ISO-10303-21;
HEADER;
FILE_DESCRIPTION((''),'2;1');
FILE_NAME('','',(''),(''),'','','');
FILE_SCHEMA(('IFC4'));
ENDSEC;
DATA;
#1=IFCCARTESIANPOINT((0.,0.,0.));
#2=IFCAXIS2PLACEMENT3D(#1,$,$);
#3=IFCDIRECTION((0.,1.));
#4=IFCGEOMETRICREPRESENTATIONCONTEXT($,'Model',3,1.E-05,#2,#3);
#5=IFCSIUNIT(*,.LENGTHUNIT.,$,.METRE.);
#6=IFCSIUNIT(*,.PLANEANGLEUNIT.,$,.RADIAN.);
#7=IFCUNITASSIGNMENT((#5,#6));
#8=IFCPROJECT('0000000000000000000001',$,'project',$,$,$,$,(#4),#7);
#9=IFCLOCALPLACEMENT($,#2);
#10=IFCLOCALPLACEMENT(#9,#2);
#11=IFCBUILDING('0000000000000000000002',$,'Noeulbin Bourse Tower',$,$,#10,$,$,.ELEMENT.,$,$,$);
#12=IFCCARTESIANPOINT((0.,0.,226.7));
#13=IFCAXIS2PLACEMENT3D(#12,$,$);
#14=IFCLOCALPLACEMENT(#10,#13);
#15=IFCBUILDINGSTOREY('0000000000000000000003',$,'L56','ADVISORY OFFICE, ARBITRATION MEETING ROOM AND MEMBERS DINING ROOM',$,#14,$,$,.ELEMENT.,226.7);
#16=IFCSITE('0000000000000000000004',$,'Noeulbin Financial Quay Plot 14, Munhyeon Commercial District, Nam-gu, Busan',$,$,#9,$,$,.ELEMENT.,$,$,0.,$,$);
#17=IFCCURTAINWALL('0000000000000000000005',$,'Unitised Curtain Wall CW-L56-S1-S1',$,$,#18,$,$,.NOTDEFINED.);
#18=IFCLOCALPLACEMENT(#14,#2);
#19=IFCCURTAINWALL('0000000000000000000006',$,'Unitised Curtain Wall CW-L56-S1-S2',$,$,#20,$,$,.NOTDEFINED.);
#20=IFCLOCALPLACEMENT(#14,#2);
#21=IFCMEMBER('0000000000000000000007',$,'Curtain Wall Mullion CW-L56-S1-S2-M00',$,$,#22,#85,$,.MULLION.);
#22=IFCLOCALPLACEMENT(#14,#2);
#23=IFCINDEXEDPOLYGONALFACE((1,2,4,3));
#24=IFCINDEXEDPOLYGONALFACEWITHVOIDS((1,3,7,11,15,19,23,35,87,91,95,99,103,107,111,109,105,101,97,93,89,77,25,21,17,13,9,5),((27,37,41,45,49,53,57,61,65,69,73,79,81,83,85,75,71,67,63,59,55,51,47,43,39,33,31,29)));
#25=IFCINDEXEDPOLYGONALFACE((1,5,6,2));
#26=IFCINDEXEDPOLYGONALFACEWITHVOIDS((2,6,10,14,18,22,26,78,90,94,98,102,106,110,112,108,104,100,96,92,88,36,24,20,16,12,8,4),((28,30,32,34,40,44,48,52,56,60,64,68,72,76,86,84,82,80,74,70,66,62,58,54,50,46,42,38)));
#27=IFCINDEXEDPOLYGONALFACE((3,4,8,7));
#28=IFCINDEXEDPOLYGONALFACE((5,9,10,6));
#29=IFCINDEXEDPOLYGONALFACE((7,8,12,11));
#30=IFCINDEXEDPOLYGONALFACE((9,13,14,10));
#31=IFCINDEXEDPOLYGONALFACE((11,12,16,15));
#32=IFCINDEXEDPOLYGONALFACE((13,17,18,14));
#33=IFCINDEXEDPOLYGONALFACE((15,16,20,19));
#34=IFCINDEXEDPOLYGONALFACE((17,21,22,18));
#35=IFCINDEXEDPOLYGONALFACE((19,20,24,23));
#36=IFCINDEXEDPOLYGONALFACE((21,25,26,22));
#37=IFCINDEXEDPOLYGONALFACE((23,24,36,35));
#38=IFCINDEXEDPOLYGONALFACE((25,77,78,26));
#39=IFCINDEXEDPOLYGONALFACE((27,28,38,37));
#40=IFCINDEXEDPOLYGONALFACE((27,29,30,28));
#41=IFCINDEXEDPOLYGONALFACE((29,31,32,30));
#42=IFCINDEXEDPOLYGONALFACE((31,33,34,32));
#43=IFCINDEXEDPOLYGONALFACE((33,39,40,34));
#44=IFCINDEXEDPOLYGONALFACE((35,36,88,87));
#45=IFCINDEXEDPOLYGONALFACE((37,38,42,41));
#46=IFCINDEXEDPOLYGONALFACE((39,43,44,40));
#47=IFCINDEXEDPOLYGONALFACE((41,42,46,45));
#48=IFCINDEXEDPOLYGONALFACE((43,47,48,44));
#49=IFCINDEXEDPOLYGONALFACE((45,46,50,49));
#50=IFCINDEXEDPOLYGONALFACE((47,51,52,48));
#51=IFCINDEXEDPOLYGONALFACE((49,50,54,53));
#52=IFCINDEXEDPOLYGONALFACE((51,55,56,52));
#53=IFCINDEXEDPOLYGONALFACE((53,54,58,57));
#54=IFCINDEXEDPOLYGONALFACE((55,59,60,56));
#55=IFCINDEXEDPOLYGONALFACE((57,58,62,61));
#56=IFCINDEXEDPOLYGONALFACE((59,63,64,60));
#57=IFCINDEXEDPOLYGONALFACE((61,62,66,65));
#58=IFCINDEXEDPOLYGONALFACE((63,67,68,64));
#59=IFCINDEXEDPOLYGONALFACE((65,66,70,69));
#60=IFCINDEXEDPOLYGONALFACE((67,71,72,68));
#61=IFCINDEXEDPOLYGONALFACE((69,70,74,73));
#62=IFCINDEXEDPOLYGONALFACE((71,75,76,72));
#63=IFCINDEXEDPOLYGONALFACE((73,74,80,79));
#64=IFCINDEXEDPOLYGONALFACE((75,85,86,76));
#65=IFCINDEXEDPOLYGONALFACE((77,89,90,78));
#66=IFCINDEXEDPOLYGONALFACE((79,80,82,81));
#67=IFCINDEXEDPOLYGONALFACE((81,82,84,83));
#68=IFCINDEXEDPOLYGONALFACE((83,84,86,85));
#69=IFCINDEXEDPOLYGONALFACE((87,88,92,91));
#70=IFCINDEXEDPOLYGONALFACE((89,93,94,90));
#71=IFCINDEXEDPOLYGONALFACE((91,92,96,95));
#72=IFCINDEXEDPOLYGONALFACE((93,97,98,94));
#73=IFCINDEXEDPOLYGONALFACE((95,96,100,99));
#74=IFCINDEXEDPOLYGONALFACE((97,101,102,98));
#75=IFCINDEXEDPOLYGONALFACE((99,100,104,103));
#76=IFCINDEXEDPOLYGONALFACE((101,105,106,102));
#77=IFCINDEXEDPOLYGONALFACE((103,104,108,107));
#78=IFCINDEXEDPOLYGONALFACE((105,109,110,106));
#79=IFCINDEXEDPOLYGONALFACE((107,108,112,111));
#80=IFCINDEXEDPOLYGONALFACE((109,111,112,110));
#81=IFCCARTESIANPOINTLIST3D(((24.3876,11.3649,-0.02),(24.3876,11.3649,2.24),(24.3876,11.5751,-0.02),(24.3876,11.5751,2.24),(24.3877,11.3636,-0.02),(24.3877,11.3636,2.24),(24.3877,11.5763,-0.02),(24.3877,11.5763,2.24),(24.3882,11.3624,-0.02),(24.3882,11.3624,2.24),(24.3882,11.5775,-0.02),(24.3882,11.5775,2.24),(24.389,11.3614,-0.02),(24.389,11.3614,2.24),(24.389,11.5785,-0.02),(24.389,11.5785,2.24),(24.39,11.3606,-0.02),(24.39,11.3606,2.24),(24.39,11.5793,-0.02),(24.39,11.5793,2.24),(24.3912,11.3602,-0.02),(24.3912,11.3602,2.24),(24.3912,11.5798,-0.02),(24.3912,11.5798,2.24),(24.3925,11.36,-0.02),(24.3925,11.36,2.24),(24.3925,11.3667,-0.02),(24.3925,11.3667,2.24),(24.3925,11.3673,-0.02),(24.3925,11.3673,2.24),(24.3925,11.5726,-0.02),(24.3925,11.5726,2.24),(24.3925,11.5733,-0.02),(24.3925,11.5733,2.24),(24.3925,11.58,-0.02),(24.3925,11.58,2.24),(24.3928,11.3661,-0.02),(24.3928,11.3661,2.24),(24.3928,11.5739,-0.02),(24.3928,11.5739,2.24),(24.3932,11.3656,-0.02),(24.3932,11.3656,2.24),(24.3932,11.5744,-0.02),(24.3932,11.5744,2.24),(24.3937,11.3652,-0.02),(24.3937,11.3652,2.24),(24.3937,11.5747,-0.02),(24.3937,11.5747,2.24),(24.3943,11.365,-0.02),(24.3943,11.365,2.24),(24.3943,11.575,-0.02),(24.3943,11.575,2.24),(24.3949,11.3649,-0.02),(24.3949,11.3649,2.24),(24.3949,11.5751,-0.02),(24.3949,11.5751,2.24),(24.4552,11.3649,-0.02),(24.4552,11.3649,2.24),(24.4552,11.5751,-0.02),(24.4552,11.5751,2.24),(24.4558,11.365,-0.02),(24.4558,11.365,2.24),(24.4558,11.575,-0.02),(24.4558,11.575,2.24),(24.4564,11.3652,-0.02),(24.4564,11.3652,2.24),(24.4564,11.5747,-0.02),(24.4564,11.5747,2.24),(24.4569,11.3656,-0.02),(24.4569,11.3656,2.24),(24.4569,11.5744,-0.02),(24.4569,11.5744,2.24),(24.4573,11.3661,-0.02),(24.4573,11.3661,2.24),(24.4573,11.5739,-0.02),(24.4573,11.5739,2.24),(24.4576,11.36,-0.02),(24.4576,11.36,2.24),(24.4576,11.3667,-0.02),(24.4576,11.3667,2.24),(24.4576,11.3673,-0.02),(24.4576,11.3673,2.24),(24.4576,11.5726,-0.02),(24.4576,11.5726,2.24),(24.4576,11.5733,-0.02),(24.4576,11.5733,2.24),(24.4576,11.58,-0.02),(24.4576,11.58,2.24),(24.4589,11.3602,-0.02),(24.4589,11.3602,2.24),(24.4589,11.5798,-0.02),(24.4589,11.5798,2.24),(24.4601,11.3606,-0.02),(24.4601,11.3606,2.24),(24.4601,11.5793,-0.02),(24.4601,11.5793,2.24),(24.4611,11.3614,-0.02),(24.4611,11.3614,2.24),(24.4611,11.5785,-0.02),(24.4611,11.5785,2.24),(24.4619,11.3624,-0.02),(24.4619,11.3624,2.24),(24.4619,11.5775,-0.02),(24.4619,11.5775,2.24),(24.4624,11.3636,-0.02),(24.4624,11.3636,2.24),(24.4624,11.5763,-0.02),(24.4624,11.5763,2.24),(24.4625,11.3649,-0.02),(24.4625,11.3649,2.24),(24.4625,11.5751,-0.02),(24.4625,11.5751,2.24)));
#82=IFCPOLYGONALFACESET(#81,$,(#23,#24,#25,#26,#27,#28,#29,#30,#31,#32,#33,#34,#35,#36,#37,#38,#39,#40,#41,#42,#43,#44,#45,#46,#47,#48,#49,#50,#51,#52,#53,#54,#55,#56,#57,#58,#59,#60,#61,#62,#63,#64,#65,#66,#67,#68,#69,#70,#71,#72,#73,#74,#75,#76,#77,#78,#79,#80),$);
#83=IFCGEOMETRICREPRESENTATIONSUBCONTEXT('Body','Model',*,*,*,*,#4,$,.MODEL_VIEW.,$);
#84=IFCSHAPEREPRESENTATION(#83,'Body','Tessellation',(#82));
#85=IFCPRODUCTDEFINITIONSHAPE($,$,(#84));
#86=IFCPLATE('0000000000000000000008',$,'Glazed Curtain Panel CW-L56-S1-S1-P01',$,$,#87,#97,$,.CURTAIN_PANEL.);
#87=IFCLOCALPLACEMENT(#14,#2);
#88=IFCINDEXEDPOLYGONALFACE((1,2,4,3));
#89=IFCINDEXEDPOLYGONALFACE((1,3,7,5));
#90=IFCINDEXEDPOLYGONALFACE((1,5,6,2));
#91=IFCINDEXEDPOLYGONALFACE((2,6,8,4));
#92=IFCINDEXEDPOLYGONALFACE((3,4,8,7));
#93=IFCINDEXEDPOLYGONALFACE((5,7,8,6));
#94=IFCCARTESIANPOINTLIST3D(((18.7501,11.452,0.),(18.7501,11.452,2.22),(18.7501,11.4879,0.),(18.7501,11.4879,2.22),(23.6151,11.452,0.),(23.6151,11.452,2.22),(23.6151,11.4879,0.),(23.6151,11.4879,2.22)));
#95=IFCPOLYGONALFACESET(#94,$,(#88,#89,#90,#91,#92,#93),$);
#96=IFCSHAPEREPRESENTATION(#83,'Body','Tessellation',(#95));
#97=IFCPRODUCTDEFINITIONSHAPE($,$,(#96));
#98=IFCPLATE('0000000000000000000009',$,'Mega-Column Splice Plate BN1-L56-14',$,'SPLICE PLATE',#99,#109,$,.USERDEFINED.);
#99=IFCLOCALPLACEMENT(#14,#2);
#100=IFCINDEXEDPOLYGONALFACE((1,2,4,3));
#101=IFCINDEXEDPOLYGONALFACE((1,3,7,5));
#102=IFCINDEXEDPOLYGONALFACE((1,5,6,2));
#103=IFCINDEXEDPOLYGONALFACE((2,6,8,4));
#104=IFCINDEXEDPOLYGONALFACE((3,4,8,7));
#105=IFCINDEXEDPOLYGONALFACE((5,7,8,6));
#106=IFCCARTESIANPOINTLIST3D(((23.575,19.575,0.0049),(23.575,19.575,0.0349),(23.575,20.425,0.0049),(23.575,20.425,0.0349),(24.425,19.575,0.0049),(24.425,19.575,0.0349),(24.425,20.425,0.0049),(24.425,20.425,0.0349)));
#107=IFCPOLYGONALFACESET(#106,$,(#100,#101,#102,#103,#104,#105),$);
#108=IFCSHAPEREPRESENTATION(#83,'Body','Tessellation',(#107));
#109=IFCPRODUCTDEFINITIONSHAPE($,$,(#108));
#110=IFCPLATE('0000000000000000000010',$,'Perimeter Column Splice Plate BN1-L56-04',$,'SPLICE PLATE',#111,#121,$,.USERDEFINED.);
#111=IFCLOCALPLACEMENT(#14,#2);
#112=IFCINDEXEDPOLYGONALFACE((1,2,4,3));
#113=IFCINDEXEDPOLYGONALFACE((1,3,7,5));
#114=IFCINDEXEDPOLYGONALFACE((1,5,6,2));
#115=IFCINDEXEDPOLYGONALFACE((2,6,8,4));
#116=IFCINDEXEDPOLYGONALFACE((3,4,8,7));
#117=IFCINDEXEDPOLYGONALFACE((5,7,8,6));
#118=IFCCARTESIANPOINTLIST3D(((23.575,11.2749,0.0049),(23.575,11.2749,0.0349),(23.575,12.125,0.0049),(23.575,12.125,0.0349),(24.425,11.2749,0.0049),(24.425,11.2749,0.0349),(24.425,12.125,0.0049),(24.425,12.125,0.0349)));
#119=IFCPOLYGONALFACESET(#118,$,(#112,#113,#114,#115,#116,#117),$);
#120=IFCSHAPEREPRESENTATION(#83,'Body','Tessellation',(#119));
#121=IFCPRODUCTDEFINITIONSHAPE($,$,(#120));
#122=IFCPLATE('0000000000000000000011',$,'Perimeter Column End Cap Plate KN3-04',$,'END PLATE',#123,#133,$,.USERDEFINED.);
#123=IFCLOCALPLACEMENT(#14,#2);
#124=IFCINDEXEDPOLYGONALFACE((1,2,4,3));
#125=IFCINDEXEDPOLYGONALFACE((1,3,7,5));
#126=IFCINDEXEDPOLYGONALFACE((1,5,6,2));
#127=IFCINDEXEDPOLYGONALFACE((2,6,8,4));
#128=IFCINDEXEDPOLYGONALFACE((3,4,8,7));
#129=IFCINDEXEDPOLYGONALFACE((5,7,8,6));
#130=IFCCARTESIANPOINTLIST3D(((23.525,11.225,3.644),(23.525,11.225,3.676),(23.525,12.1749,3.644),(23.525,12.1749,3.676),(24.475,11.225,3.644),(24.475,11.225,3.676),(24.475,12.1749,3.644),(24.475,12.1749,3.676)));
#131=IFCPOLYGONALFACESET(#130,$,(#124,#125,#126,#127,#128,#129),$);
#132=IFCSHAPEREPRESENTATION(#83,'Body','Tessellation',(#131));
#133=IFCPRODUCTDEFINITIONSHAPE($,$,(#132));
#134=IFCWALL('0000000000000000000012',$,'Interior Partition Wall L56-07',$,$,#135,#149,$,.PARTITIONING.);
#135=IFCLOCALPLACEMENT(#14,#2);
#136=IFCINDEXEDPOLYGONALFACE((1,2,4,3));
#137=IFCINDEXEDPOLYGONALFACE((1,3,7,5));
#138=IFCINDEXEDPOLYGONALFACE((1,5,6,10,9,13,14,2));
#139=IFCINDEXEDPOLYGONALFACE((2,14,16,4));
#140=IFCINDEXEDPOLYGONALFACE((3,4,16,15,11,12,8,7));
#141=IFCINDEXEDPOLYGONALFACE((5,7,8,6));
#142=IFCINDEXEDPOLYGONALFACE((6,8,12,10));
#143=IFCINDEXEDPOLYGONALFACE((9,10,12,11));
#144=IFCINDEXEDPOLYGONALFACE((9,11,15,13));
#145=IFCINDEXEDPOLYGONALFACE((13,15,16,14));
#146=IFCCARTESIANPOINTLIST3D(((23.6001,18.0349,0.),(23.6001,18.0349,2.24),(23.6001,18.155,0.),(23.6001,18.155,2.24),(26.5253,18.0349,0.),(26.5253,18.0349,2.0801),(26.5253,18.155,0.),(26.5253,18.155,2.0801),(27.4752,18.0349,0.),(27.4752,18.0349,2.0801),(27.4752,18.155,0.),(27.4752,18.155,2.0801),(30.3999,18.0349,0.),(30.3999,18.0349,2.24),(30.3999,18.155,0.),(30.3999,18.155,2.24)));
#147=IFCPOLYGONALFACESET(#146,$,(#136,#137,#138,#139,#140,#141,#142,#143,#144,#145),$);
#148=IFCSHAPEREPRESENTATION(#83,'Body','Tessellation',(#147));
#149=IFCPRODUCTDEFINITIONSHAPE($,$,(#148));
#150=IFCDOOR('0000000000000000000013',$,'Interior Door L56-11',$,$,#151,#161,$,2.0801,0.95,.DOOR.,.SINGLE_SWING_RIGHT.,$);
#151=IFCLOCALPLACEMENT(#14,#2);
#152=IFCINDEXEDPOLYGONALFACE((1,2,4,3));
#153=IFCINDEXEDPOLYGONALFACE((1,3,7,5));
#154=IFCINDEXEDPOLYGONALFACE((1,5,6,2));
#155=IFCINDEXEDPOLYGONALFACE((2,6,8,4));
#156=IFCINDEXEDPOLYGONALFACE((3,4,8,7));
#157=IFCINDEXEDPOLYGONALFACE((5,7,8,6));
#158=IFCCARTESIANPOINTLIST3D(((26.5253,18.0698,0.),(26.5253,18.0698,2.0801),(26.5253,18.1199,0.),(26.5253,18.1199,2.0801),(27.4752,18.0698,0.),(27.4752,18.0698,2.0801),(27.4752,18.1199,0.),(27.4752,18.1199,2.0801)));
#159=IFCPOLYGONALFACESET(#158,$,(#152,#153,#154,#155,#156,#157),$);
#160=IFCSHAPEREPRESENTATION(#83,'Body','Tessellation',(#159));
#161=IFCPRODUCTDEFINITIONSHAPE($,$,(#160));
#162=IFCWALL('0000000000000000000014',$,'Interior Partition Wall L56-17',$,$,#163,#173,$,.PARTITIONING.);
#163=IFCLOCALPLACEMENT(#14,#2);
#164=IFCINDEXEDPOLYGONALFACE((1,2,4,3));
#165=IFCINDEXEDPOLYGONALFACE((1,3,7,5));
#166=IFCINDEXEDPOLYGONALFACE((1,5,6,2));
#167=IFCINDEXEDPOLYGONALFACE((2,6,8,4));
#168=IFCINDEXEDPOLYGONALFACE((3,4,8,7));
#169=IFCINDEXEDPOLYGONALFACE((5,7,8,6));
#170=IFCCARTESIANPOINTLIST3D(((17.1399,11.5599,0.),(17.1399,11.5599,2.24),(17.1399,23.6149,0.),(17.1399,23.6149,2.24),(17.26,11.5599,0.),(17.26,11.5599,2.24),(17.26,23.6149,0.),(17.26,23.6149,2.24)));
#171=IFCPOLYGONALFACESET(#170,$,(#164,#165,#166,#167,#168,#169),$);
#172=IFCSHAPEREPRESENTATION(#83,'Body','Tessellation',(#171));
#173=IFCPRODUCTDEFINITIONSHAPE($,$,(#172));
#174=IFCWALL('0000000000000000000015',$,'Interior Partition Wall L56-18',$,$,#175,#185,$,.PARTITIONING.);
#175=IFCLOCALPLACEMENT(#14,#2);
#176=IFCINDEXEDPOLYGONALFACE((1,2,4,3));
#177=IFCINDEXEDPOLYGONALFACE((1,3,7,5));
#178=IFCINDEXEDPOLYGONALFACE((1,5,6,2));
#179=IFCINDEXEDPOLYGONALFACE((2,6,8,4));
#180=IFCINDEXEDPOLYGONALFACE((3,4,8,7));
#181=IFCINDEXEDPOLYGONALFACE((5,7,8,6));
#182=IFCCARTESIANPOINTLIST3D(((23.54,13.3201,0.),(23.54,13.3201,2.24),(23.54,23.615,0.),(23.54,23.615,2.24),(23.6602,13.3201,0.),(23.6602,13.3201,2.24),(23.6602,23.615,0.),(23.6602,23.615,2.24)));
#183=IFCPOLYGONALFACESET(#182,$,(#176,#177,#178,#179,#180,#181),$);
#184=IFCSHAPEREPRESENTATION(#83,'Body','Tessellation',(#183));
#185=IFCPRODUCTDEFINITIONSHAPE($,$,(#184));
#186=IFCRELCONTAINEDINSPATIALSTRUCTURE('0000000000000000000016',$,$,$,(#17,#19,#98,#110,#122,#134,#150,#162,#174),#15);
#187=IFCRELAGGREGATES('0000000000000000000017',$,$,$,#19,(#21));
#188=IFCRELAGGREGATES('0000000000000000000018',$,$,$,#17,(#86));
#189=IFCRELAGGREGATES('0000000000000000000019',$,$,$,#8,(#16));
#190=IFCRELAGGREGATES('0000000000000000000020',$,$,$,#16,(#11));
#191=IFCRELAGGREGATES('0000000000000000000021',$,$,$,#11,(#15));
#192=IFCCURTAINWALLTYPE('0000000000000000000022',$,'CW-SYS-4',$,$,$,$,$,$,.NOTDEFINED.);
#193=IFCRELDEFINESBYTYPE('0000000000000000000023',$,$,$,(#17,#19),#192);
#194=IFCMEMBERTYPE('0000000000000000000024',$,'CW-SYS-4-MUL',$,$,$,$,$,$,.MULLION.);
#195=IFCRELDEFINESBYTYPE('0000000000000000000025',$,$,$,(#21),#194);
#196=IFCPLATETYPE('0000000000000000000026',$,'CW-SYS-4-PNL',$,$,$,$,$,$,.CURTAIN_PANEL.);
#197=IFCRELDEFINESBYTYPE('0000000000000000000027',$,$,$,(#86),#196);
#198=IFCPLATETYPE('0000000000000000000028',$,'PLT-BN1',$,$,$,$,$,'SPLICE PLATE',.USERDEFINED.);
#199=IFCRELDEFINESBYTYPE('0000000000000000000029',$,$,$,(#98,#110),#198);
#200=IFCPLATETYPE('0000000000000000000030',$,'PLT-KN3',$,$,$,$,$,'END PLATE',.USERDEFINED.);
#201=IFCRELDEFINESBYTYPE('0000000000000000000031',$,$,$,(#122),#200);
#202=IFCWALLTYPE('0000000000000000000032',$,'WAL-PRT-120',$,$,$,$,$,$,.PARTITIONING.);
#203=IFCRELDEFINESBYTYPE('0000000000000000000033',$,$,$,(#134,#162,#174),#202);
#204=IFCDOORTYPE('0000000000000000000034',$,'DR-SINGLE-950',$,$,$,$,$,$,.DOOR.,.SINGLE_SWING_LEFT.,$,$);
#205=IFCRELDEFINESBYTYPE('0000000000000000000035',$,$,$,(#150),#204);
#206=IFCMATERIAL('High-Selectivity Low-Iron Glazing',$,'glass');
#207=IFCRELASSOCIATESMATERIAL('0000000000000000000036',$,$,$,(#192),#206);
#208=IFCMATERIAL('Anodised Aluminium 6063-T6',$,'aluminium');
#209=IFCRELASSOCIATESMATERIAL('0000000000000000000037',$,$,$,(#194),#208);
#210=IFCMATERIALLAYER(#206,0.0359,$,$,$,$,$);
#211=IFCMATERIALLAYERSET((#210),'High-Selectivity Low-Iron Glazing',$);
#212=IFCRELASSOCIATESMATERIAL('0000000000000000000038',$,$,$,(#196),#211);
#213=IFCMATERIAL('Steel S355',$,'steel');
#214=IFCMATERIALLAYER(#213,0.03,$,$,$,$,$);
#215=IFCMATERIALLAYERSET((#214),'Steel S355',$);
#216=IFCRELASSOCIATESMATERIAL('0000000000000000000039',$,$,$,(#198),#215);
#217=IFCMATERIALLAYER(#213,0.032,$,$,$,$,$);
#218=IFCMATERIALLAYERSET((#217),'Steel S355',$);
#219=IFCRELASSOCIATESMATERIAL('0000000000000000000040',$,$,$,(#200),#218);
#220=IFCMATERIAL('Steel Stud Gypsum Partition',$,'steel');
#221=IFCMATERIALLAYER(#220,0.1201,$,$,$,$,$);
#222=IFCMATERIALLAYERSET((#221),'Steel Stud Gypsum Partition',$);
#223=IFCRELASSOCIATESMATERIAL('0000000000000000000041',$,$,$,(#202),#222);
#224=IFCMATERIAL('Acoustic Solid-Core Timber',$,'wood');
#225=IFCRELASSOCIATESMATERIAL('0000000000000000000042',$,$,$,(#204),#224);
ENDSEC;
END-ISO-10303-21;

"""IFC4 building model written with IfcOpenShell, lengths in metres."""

from ifc_helpers import new_model, si_unit, direction, frame, frame_2d, origin, origin_2d, place, context, subcontext, project, spatial, rectangle, hollow_rectangle, extrude, material, layer, layer_set, material_profile, profile_set, type_object, element, fill, aggregate, save


model = new_model("IFC4")

# Units and contexts
model_context = context("Model", 3, precision=1e-05, world=origin(), true_north=direction((0.0, 1.0)))
body_context = subcontext(model_context, "Body", "Model", "MODEL_VIEW")
ifc_project = project(units=[si_unit("LENGTHUNIT", "METRE"), si_unit("PLANEANGLEUNIT", "RADIAN")], contexts=[model_context])

# Site, building, storey
site_placement = place(None, origin())
site = spatial("IfcSite", under=ifc_project, at=site_placement, Name="Noeulbin Financial Quay Plot 14, Munhyeon Commercial District, Nam-gu, Busan", CompositionType="ELEMENT", RefElevation=0.0)
building_placement = place(site_placement, origin())
building = spatial("IfcBuilding", under=site, at=building_placement, Name="Noeulbin Bourse Tower", CompositionType="ELEMENT")
storey_placement = place(building_placement, frame((0.0, 0.0, 226.7)))
storey = spatial("IfcBuildingStorey", under=building, at=storey_placement, Name="L56", Description="ADVISORY OFFICE, ARBITRATION MEETING ROOM AND MEMBERS DINING ROOM", CompositionType="ELEMENT", Elevation=226.7)

# Shared definitions
ifc_material_1 = material(Name="Steel S355", Category="steel")

# Curtain wall
ifc_material_2 = material(Name="High-Selectivity Low-Iron Glazing", Category="glass")
curtain_wall_type = type_object("IfcCurtainWallType", Name="CW-SYS-4", PredefinedType="NOTDEFINED", material=ifc_material_2)
curtain_wall_1_placement = place(storey_placement, origin())
curtain_wall_1 = element("IfcCurtainWall", 1, at=curtain_wall_1_placement, inside=storey, type_object=curtain_wall_type, Name="Unitised Curtain Wall CW-L56-S1-S1", PredefinedType="NOTDEFINED")
ifc_material_3 = material(Name="Anodised Aluminium 6063-T6", Category="aluminium")
ifc_material_profile_1 = material_profile(ifc_material_3, hollow_rectangle(XDim=0.075, YDim=0.22, WallThickness=0.0049, InnerFilletRadius=0.0024, OuterFilletRadius=0.0049, at=origin_2d()), Name="ALU-MULL-75x220x5", Category="LoadBearing")
ifc_profile_set_1 = profile_set([ifc_material_profile_1], Name="Anodised Aluminium 6063-T6")
member_type = type_object("IfcMemberType", Name="CW-SYS-4-MUL", PredefinedType="MULLION", material=ifc_profile_set_1)

# Curtain wall, member
curtain_wall_2_placement = place(storey_placement, origin())
curtain_wall_2 = element("IfcCurtainWall", 2, at=curtain_wall_2_placement, inside=storey, type_object=curtain_wall_type, Name="Unitised Curtain Wall CW-L56-S1-S2", PredefinedType="NOTDEFINED")
member_1_placement = place(storey_placement, frame((24.425, 11.47, -0.02), z_axis=(0.0, 0.0, 1.0), x_axis=(1.0, 0.0, 0.0)))
member_1 = element("IfcMember", 3, at=member_1_placement, type_object=member_type, Name="Curtain Wall Mullion CW-L56-S1-S2-M00", PredefinedType="MULLION", context=body_context, shape_type="SweptSolid", body=[
    extrude(hollow_rectangle(XDim=0.075, YDim=0.22, WallThickness=0.0049, InnerFilletRadius=0.0024, OuterFilletRadius=0.0049, at=origin_2d()), origin(), (0.0, 0.0, 1.0), 2.26),
])
aggregate(curtain_wall_2, [member_1])

# Plate
ifc_layer_1 = layer(ifc_material_2, 0.0359)
ifc_layer_set_1 = layer_set([ifc_layer_1], Name="High-Selectivity Low-Iron Glazing")
plate_type_1 = type_object("IfcPlateType", Name="CW-SYS-4-PNL", PredefinedType="CURTAIN_PANEL", material=ifc_layer_set_1)
plate_1_placement = place(storey_placement, frame((21.1826, 11.47, 0.0), z_axis=(0.0, 0.0, 1.0), x_axis=(1.0, 0.0, 0.0)))
plate_1 = element("IfcPlate", 4, at=plate_1_placement, type_object=plate_type_1, Name="Glazed Curtain Panel CW-L56-S1-S1-P01", PredefinedType="CURTAIN_PANEL", context=body_context, shape_type="SweptSolid", body=[
    extrude(rectangle(XDim=4.865, YDim=0.0359, at=origin_2d()), origin(), (0.0, 0.0, 1.0), 2.22),
])
aggregate(curtain_wall_1, [plate_1])

# Plates
ifc_layer_2 = layer(ifc_material_1, 0.03)
ifc_layer_set_2 = layer_set([ifc_layer_2], Name="Steel S355")
plate_type_2 = type_object("IfcPlateType", Name="PLT-BN1", ElementType="SPLICE PLATE", PredefinedType="USERDEFINED", material=ifc_layer_set_2)
for number, where, z_axis, x_axis, name in (
    (5, (24.0, 20.0, 0.0049), (0.0, 0.0, 1.0), (1.0, 0.0, 0.0), "Mega-Column Splice Plate BN1-L56-14"),
    (6, (24.0, 11.7, 0.0049), (0.0, 0.0, 1.0), (1.0, 0.0, 0.0), "Perimeter Column Splice Plate BN1-L56-04"),
):
    element("IfcPlate", number, at=place(storey_placement, frame(where, z_axis=z_axis, x_axis=x_axis)), inside=storey, type_object=plate_type_2, Name=name, ObjectType="SPLICE PLATE", PredefinedType="USERDEFINED", context=body_context, shape_type="SweptSolid", body=[
        extrude(rectangle(XDim=0.8501, YDim=0.8501, at=origin_2d()), origin(), (0.0, 0.0, 1.0), 0.03),
    ])
ifc_layer_3 = layer(ifc_material_1, 0.032)
ifc_layer_set_3 = layer_set([ifc_layer_3], Name="Steel S355")
plate_type_3 = type_object("IfcPlateType", Name="PLT-KN3", ElementType="END PLATE", PredefinedType="USERDEFINED", material=ifc_layer_set_3)
plate_2_placement = place(storey_placement, frame((24.0, 11.7, 3.644), z_axis=(0.0, 0.0, 1.0), x_axis=(1.0, 0.0, 0.0)))
element("IfcPlate", 7, at=plate_2_placement, inside=storey, type_object=plate_type_3, Name="Perimeter Column End Cap Plate KN3-04", ObjectType="END PLATE", PredefinedType="USERDEFINED", context=body_context, shape_type="SweptSolid", body=[
    extrude(rectangle(XDim=0.95, YDim=0.95, at=origin_2d()), origin(), (0.0, 0.0, 1.0), 0.032),
])

# Wall, opening, door
ifc_material_4 = material(Name="Steel Stud Gypsum Partition", Category="steel")
ifc_layer_4 = layer(ifc_material_4, 0.1201)
ifc_layer_set_4 = layer_set([ifc_layer_4], Name="Steel Stud Gypsum Partition")
wall_type = type_object("IfcWallType", Name="WAL-PRT-120", PredefinedType="PARTITIONING", material=ifc_layer_set_4)
wall_1_placement = place(storey_placement, frame((23.6001, 18.095, 0.0), z_axis=(0.0, 0.0, 1.0), x_axis=(1.0, 0.0, 0.0)))
wall_1 = element("IfcWall", 8, at=wall_1_placement, inside=storey, type_object=wall_type, Name="Interior Partition Wall L56-07", PredefinedType="PARTITIONING", context=body_context, shape_type="SweptSolid", body=[
    extrude(rectangle(XDim=6.7998, YDim=0.1201, at=frame_2d((3.3999, 0.0))), origin(), (0.0, 0.0, 1.0), 2.24),
])
opening_placement = place(wall_1_placement, frame((2.925, 0.0, 0.0)))
opening = element("IfcOpeningElement", 9, at=opening_placement, cuts=wall_1, PredefinedType="OPENING", context=body_context, shape_type="SweptSolid", body=[
    extrude(rectangle(XDim=0.95, YDim=2.0801, at=frame_2d((0.4751, 1.04))), frame((0.0, 0.0701, 0.0), z_axis=(0.0, -1.0, 0.0), x_axis=(1.0, 0.0, 0.0)), (0.0, 0.0, 1.0), 0.1401),
])
ifc_material_5 = material(Name="Acoustic Solid-Core Timber", Category="wood")
door_type = type_object("IfcDoorType", Name="DR-SINGLE-950", OperationType="SINGLE_SWING_LEFT", PredefinedType="DOOR", material=ifc_material_5)
door_placement = place(opening_placement, origin())
door = element("IfcDoor", 10, at=door_placement, inside=storey, type_object=door_type, Name="Interior Door L56-11", OperationType="SINGLE_SWING_RIGHT", OverallHeight=2.0801, OverallWidth=0.95, PredefinedType="DOOR", context=body_context, shape_type="SweptSolid", body=[
    extrude(rectangle(XDim=0.95, YDim=2.0801, at=frame_2d((0.4751, 1.04))), frame((0.0, 0.0249, 0.0), z_axis=(0.0, -1.0, 0.0), x_axis=(1.0, 0.0, 0.0)), (0.0, 0.0, 1.0), 0.05),
])
fill(opening, door)

# Walls
wall_2_placement = place(storey_placement, frame((17.2, 11.5601, 0.0), z_axis=(0.0, 0.0, 1.0), x_axis=(0.0, 1.0, 0.0)))
element("IfcWall", 11, at=wall_2_placement, inside=storey, type_object=wall_type, Name="Interior Partition Wall L56-17", PredefinedType="PARTITIONING", context=body_context, shape_type="SweptSolid", body=[
    extrude(rectangle(XDim=12.0549, YDim=0.1201, at=frame_2d((6.0273, 0.0))), origin(), (0.0, 0.0, 1.0), 2.24),
])
wall_3_placement = place(storey_placement, frame((23.6001, 13.3201, 0.0), z_axis=(0.0, 0.0, 1.0), x_axis=(0.0, 1.0, 0.0)))
element("IfcWall", 12, at=wall_3_placement, inside=storey, type_object=wall_type, Name="Interior Partition Wall L56-18", PredefinedType="PARTITIONING", context=body_context, shape_type="SweptSolid", body=[
    extrude(rectangle(XDim=10.2949, YDim=0.1201, at=frame_2d((5.1475, 0.0))), origin(), (0.0, 0.0, 1.0), 2.24),
])

save(model, "model.ifc")
